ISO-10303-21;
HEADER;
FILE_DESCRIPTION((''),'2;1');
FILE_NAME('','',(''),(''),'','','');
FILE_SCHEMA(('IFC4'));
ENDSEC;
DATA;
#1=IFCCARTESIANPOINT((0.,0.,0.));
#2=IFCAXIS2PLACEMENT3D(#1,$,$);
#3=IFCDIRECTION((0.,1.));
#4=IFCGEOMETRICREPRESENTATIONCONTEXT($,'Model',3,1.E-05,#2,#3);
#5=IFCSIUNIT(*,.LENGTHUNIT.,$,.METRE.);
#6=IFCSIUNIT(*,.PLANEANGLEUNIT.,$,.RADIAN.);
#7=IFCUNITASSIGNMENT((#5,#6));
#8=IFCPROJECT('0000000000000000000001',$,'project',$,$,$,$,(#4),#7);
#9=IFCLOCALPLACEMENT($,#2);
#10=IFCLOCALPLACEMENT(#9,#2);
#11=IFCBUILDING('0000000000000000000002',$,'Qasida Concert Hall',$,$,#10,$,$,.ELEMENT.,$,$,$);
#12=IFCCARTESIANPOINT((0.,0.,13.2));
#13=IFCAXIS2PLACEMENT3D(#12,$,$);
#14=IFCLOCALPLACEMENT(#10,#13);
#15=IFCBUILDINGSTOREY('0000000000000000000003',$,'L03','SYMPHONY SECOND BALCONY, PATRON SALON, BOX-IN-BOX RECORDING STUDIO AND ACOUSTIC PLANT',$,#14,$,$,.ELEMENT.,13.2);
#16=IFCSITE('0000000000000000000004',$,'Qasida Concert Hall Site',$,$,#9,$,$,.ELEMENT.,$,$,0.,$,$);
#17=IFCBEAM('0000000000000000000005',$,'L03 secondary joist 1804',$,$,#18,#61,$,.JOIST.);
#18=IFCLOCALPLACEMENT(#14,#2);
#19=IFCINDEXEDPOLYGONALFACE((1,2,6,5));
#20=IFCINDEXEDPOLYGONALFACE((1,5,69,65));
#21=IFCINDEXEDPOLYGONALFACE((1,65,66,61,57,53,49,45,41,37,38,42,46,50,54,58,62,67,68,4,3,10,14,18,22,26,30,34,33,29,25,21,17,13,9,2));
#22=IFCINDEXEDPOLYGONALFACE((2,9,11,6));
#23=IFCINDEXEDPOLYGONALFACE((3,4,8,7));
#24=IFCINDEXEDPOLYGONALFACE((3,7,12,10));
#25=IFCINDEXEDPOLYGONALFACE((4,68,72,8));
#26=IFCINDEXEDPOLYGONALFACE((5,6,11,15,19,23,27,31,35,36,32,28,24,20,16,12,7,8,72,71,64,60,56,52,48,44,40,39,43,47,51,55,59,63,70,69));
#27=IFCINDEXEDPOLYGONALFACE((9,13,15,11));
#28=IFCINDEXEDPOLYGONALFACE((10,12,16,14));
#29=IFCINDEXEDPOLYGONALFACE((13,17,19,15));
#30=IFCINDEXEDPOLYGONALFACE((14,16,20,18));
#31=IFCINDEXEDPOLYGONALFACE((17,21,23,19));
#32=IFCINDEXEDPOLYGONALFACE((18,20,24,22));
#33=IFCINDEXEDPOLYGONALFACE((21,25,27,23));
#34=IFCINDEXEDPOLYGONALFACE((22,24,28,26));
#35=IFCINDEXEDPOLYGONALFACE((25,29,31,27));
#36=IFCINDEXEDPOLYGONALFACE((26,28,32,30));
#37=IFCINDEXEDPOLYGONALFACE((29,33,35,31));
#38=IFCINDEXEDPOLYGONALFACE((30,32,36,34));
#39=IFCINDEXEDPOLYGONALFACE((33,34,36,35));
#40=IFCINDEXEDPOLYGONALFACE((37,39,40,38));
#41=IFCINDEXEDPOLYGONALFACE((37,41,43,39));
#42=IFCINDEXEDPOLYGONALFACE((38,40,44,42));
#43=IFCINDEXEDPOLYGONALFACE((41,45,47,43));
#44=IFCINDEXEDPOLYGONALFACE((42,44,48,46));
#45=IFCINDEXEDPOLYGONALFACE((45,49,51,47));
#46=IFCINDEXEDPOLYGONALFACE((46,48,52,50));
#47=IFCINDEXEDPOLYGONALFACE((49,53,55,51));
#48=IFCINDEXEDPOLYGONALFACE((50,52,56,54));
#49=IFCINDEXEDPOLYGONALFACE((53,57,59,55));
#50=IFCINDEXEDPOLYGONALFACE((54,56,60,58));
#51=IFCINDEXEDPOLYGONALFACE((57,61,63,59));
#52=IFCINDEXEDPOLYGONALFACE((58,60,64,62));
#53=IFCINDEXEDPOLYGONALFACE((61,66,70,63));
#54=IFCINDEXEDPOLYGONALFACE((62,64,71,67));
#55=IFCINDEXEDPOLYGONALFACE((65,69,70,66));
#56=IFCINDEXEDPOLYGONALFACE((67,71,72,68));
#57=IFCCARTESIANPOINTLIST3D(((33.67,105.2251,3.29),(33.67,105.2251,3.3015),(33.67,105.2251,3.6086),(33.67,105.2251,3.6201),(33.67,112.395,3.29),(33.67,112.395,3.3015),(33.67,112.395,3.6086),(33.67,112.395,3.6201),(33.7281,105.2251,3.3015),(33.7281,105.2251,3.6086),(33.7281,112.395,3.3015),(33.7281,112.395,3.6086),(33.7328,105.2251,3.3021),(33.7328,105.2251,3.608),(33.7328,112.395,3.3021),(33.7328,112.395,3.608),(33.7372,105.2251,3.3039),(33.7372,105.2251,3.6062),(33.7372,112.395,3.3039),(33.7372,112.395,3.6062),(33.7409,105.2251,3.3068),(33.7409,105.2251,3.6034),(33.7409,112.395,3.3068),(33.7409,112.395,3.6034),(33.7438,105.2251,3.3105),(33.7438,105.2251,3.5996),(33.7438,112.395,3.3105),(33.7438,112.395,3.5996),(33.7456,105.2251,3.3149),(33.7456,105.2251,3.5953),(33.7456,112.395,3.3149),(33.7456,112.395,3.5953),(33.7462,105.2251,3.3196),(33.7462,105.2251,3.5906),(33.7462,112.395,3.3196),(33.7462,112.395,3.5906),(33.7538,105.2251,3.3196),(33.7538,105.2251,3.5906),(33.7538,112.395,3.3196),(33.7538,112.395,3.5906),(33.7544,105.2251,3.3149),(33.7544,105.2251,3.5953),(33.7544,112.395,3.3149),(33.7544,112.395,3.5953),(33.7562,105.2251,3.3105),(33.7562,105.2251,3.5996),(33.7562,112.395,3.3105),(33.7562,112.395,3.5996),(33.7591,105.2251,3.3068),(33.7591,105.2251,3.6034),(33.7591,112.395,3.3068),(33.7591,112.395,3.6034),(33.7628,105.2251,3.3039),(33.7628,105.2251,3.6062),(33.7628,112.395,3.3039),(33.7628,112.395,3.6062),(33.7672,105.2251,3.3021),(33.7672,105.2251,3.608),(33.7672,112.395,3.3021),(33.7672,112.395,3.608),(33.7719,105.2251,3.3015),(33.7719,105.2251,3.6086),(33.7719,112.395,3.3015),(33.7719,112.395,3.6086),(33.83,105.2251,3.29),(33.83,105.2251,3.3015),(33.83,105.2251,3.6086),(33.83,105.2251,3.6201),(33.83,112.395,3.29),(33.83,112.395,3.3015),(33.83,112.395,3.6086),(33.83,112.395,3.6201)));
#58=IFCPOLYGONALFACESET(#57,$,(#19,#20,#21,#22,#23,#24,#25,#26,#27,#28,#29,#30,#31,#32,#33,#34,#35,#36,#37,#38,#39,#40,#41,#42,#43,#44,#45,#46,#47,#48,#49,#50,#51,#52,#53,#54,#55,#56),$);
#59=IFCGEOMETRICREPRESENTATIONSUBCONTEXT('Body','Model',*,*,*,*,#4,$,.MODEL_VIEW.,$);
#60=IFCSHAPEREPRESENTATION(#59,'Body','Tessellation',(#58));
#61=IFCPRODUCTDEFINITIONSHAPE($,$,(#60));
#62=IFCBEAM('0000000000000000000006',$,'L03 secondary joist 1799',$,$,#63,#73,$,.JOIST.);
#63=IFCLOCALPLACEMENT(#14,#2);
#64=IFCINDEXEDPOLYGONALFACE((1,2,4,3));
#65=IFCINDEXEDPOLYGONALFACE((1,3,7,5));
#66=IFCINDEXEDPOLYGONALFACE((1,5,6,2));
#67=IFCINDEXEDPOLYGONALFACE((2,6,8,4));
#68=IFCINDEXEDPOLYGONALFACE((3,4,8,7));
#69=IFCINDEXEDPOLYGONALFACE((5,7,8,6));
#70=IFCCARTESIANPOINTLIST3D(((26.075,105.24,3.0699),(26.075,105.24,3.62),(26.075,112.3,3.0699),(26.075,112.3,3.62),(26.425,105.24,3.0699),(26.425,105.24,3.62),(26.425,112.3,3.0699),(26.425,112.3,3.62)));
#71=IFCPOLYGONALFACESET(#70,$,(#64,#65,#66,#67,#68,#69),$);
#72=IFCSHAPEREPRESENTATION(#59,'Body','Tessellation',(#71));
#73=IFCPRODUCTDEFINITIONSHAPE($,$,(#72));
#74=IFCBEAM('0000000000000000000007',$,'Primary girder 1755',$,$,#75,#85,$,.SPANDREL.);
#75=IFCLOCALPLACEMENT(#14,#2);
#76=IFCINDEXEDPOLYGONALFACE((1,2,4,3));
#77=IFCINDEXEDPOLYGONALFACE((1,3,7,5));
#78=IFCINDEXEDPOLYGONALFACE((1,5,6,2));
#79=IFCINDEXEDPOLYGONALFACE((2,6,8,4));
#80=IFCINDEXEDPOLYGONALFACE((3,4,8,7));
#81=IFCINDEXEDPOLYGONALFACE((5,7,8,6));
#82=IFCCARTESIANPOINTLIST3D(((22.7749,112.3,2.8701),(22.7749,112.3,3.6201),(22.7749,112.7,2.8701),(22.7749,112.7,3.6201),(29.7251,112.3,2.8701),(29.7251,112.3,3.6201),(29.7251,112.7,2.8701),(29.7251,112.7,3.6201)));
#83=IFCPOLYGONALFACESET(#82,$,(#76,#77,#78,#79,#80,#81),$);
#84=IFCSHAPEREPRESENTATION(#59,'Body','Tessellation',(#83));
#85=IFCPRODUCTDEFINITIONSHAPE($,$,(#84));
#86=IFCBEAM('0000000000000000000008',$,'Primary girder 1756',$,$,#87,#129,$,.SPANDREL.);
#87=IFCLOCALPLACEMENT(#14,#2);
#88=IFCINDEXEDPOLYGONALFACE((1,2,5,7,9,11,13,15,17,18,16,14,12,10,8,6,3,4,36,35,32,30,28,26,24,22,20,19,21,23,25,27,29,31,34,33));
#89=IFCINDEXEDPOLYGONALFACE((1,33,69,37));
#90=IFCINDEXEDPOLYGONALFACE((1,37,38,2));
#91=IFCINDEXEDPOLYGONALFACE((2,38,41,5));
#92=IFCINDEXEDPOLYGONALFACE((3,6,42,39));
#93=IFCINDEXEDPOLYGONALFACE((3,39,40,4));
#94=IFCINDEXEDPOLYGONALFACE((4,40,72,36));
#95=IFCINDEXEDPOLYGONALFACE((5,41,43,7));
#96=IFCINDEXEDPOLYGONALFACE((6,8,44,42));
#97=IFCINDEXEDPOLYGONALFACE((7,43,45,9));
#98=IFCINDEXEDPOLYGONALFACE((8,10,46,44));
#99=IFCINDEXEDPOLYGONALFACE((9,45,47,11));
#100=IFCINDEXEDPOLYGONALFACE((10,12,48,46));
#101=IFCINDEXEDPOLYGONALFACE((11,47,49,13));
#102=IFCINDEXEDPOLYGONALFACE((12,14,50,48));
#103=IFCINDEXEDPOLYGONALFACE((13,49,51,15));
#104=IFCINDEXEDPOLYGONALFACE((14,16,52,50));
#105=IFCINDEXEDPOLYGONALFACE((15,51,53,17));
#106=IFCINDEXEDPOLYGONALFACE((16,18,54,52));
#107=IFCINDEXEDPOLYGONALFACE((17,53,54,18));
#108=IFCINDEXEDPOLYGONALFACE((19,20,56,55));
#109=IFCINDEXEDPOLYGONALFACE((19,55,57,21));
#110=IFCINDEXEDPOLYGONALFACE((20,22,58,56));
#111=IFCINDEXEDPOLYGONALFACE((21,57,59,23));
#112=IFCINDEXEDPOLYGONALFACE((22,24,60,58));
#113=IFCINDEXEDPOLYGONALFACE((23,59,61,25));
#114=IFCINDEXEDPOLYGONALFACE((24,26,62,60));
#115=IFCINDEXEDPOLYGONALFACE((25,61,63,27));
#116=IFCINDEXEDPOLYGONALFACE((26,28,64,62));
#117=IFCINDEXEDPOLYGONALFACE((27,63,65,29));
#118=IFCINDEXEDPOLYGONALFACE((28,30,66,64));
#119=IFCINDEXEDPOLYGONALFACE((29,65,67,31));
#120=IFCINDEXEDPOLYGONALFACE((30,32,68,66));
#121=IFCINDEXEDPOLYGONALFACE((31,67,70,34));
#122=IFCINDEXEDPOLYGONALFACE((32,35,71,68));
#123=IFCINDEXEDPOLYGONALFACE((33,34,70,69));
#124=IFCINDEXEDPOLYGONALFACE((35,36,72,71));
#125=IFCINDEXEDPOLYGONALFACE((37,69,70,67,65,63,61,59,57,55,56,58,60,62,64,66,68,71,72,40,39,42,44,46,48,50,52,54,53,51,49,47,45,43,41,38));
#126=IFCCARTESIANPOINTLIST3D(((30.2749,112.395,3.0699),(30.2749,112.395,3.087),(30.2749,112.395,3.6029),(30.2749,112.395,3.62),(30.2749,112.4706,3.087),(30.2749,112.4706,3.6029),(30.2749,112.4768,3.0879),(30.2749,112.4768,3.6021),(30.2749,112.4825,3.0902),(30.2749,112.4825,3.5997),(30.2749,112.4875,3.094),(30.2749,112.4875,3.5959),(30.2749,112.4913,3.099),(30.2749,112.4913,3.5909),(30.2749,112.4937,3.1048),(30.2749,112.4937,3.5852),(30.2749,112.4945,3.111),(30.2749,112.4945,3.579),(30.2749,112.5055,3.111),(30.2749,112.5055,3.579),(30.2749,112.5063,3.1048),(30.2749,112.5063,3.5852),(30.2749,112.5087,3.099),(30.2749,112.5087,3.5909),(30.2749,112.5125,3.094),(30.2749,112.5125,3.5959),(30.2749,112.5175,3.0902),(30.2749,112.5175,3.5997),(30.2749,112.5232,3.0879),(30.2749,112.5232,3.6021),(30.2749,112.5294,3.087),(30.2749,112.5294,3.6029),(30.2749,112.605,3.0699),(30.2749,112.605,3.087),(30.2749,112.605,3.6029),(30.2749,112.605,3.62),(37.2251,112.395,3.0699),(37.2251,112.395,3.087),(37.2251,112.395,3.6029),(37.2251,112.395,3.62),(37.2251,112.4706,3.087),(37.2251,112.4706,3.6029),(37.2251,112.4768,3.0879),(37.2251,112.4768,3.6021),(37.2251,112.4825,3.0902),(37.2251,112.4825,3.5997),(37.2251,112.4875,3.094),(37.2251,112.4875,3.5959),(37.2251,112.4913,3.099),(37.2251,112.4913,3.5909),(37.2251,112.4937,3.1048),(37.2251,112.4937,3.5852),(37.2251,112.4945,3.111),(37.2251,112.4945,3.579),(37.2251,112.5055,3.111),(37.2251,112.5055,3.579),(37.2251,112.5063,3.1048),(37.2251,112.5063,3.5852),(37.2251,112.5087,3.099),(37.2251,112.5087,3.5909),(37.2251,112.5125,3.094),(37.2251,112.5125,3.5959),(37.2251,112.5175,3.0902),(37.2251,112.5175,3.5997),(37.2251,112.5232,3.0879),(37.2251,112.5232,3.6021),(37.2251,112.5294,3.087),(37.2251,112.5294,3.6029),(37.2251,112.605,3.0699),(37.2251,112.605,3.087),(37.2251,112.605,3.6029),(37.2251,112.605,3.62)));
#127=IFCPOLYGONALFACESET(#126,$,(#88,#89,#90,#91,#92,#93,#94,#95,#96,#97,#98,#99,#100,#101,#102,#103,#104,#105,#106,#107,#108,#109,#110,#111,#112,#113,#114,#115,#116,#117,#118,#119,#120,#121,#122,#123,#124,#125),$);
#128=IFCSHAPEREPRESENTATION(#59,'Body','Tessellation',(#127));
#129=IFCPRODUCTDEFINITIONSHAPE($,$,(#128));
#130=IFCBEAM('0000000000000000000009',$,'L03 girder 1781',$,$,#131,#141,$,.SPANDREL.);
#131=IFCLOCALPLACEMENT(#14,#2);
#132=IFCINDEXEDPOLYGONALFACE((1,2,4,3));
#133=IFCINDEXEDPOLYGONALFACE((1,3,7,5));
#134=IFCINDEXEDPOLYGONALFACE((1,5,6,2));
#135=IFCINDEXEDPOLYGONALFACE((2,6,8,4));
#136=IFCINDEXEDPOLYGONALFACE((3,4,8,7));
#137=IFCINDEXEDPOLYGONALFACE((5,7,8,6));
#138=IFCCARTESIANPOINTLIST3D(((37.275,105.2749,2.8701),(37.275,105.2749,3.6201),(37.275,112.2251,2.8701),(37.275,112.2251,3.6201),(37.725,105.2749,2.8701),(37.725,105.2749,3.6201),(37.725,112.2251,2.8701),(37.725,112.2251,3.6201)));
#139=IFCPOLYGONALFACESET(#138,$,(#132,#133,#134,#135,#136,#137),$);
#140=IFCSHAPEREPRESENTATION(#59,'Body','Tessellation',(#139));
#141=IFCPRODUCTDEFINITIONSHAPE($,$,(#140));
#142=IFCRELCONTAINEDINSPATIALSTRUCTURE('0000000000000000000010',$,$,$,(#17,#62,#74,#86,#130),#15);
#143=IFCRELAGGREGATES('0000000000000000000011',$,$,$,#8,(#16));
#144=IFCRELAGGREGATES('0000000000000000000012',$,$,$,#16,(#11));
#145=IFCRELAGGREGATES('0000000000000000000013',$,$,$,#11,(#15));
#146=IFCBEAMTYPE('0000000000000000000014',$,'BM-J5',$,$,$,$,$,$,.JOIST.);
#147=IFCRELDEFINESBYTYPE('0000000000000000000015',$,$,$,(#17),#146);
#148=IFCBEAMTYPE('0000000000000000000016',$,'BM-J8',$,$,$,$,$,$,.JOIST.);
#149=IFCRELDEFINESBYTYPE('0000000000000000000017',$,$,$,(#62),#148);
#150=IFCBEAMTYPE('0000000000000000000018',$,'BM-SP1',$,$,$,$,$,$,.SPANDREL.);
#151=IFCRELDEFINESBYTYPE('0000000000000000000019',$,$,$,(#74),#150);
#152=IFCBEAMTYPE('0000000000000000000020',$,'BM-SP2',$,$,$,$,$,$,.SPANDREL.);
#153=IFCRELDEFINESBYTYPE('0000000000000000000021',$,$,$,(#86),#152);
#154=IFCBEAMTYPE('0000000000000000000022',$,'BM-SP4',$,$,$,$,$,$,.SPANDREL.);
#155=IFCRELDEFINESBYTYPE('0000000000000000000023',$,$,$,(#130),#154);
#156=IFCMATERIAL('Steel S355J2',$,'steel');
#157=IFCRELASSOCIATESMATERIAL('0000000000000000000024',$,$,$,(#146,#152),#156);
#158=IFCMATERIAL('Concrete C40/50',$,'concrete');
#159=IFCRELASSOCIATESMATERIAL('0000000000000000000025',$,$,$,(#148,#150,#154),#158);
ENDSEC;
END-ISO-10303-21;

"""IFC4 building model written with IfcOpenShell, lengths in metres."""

from ifc_helpers import new_model, si_unit, direction, frame, origin, origin_2d, place, context, subcontext, project, spatial, rectangle, i_section, extrude, material, material_profile, profile_set, type_object, element, save


model = new_model("IFC4")

# Units and contexts
model_context = context("Model", 3, precision=1e-05, world=origin(), true_north=direction((0.0, 1.0)))
body_context = subcontext(model_context, "Body", "Model", "MODEL_VIEW")
ifc_project = project(units=[si_unit("LENGTHUNIT", "METRE"), si_unit("PLANEANGLEUNIT", "RADIAN")], contexts=[model_context])

# Site, building, storey
site_placement = place(None, origin())
site = spatial("IfcSite", under=ifc_project, at=site_placement, Name="Qasida Concert Hall Site", CompositionType="ELEMENT", RefElevation=0.0)
building_placement = place(site_placement, origin())
building = spatial("IfcBuilding", under=site, at=building_placement, Name="Qasida Concert Hall", CompositionType="ELEMENT")
storey_placement = place(building_placement, frame((0.0, 0.0, 13.2)))
storey = spatial("IfcBuildingStorey", under=building, at=storey_placement, Name="L03", Description="SYMPHONY SECOND BALCONY, PATRON SALON, BOX-IN-BOX RECORDING STUDIO AND ACOUSTIC PLANT", CompositionType="ELEMENT", Elevation=13.2)

# Beams
ifc_material_1 = material(Name="Concrete C40/50", Category="concrete")
ifc_material_2 = material(Name="Steel S355J2", Category="steel")
ifc_material_profile_1 = material_profile(ifc_material_2, i_section(OverallWidth=0.1599, OverallDepth=0.3301, WebThickness=0.0076, FlangeThickness=0.0115, FilletRadius=0.0181, at=origin_2d()), Name="IPE 330")
ifc_profile_set_1 = profile_set([ifc_material_profile_1], Name="Steel S355J2")
beam_type_1 = type_object("IfcBeamType", Name="BM-J5", PredefinedType="JOIST", material=ifc_profile_set_1)
beam_1_placement = place(storey_placement, frame((33.75, 105.2251, 3.4551), z_axis=(0.0, 1.0, 0.0), x_axis=(-1.0, 0.0, 0.0)))
element("IfcBeam", 1, at=beam_1_placement, inside=storey, type_object=beam_type_1, Name="L03 secondary joist 1804", PredefinedType="JOIST", context=body_context, shape_type="SweptSolid", body=[
    extrude(i_section(OverallWidth=0.1599, OverallDepth=0.3301, WebThickness=0.0076, FlangeThickness=0.0115, FilletRadius=0.0181, at=origin_2d()), origin(), (0.0, 0.0, 1.0), 7.1699),
])
ifc_material_profile_2 = material_profile(ifc_material_1, rectangle(XDim=0.3501, YDim=0.55, at=origin_2d()), Name="RC 350x550")
ifc_profile_set_2 = profile_set([ifc_material_profile_2], Name="Concrete C40/50")
beam_type_2 = type_object("IfcBeamType", Name="BM-J8", PredefinedType="JOIST", material=ifc_profile_set_2)
beam_2_placement = place(storey_placement, frame((26.25, 105.24, 3.345), z_axis=(0.0, 1.0, 0.0), x_axis=(-1.0, 0.0, 0.0)))
element("IfcBeam", 2, at=beam_2_placement, inside=storey, type_object=beam_type_2, Name="L03 secondary joist 1799", PredefinedType="JOIST", context=body_context, shape_type="SweptSolid", body=[
    extrude(rectangle(XDim=0.3501, YDim=0.55, at=origin_2d()), origin(), (0.0, 0.0, 1.0), 7.0601),
])
ifc_material_profile_3 = material_profile(ifc_material_1, rectangle(XDim=0.3999, YDim=0.75, at=origin_2d()), Name="RC 400x750")
ifc_profile_set_3 = profile_set([ifc_material_profile_3], Name="Concrete C40/50")
beam_type_3 = type_object("IfcBeamType", Name="BM-SP1", PredefinedType="SPANDREL", material=ifc_profile_set_3)
beam_3_placement = place(storey_placement, frame((22.7749, 112.5, 3.2451), z_axis=(1.0, 0.0, 0.0), x_axis=(0.0, 1.0, 0.0)))
element("IfcBeam", 3, at=beam_3_placement, inside=storey, type_object=beam_type_3, Name="Primary girder 1755", PredefinedType="SPANDREL", context=body_context, shape_type="SweptSolid", body=[
    extrude(rectangle(XDim=0.3999, YDim=0.75, at=origin_2d()), origin(), (0.0, 0.0, 1.0), 6.9502),
])
ifc_material_profile_4 = material_profile(ifc_material_2, i_section(OverallWidth=0.21, OverallDepth=0.55, WebThickness=0.011, FlangeThickness=0.0171, FilletRadius=0.0239, at=origin_2d()), Name="IPE 550")
ifc_profile_set_4 = profile_set([ifc_material_profile_4], Name="Steel S355J2")
beam_type_4 = type_object("IfcBeamType", Name="BM-SP2", PredefinedType="SPANDREL", material=ifc_profile_set_4)
beam_4_placement = place(storey_placement, frame((30.2749, 112.5, 3.345), z_axis=(1.0, 0.0, 0.0), x_axis=(0.0, 1.0, 0.0)))
element("IfcBeam", 4, at=beam_4_placement, inside=storey, type_object=beam_type_4, Name="Primary girder 1756", PredefinedType="SPANDREL", context=body_context, shape_type="SweptSolid", body=[
    extrude(i_section(OverallWidth=0.21, OverallDepth=0.55, WebThickness=0.011, FlangeThickness=0.0171, FilletRadius=0.0239, at=origin_2d()), origin(), (0.0, 0.0, 1.0), 6.9502),
])
ifc_material_profile_5 = material_profile(ifc_material_1, rectangle(XDim=0.45, YDim=0.75, at=origin_2d()), Name="RC 450x750")
ifc_profile_set_5 = profile_set([ifc_material_profile_5], Name="Concrete C40/50")
beam_type_5 = type_object("IfcBeamType", Name="BM-SP4", PredefinedType="SPANDREL", material=ifc_profile_set_5)
beam_5_placement = place(storey_placement, frame((37.5, 105.2749, 3.2451), z_axis=(0.0, 1.0, 0.0), x_axis=(-1.0, 0.0, 0.0)))
element("IfcBeam", 5, at=beam_5_placement, inside=storey, type_object=beam_type_5, Name="L03 girder 1781", PredefinedType="SPANDREL", context=body_context, shape_type="SweptSolid", body=[
    extrude(rectangle(XDim=0.45, YDim=0.75, at=origin_2d()), origin(), (0.0, 0.0, 1.0), 6.9502),
])

save(model, "model.ifc")
